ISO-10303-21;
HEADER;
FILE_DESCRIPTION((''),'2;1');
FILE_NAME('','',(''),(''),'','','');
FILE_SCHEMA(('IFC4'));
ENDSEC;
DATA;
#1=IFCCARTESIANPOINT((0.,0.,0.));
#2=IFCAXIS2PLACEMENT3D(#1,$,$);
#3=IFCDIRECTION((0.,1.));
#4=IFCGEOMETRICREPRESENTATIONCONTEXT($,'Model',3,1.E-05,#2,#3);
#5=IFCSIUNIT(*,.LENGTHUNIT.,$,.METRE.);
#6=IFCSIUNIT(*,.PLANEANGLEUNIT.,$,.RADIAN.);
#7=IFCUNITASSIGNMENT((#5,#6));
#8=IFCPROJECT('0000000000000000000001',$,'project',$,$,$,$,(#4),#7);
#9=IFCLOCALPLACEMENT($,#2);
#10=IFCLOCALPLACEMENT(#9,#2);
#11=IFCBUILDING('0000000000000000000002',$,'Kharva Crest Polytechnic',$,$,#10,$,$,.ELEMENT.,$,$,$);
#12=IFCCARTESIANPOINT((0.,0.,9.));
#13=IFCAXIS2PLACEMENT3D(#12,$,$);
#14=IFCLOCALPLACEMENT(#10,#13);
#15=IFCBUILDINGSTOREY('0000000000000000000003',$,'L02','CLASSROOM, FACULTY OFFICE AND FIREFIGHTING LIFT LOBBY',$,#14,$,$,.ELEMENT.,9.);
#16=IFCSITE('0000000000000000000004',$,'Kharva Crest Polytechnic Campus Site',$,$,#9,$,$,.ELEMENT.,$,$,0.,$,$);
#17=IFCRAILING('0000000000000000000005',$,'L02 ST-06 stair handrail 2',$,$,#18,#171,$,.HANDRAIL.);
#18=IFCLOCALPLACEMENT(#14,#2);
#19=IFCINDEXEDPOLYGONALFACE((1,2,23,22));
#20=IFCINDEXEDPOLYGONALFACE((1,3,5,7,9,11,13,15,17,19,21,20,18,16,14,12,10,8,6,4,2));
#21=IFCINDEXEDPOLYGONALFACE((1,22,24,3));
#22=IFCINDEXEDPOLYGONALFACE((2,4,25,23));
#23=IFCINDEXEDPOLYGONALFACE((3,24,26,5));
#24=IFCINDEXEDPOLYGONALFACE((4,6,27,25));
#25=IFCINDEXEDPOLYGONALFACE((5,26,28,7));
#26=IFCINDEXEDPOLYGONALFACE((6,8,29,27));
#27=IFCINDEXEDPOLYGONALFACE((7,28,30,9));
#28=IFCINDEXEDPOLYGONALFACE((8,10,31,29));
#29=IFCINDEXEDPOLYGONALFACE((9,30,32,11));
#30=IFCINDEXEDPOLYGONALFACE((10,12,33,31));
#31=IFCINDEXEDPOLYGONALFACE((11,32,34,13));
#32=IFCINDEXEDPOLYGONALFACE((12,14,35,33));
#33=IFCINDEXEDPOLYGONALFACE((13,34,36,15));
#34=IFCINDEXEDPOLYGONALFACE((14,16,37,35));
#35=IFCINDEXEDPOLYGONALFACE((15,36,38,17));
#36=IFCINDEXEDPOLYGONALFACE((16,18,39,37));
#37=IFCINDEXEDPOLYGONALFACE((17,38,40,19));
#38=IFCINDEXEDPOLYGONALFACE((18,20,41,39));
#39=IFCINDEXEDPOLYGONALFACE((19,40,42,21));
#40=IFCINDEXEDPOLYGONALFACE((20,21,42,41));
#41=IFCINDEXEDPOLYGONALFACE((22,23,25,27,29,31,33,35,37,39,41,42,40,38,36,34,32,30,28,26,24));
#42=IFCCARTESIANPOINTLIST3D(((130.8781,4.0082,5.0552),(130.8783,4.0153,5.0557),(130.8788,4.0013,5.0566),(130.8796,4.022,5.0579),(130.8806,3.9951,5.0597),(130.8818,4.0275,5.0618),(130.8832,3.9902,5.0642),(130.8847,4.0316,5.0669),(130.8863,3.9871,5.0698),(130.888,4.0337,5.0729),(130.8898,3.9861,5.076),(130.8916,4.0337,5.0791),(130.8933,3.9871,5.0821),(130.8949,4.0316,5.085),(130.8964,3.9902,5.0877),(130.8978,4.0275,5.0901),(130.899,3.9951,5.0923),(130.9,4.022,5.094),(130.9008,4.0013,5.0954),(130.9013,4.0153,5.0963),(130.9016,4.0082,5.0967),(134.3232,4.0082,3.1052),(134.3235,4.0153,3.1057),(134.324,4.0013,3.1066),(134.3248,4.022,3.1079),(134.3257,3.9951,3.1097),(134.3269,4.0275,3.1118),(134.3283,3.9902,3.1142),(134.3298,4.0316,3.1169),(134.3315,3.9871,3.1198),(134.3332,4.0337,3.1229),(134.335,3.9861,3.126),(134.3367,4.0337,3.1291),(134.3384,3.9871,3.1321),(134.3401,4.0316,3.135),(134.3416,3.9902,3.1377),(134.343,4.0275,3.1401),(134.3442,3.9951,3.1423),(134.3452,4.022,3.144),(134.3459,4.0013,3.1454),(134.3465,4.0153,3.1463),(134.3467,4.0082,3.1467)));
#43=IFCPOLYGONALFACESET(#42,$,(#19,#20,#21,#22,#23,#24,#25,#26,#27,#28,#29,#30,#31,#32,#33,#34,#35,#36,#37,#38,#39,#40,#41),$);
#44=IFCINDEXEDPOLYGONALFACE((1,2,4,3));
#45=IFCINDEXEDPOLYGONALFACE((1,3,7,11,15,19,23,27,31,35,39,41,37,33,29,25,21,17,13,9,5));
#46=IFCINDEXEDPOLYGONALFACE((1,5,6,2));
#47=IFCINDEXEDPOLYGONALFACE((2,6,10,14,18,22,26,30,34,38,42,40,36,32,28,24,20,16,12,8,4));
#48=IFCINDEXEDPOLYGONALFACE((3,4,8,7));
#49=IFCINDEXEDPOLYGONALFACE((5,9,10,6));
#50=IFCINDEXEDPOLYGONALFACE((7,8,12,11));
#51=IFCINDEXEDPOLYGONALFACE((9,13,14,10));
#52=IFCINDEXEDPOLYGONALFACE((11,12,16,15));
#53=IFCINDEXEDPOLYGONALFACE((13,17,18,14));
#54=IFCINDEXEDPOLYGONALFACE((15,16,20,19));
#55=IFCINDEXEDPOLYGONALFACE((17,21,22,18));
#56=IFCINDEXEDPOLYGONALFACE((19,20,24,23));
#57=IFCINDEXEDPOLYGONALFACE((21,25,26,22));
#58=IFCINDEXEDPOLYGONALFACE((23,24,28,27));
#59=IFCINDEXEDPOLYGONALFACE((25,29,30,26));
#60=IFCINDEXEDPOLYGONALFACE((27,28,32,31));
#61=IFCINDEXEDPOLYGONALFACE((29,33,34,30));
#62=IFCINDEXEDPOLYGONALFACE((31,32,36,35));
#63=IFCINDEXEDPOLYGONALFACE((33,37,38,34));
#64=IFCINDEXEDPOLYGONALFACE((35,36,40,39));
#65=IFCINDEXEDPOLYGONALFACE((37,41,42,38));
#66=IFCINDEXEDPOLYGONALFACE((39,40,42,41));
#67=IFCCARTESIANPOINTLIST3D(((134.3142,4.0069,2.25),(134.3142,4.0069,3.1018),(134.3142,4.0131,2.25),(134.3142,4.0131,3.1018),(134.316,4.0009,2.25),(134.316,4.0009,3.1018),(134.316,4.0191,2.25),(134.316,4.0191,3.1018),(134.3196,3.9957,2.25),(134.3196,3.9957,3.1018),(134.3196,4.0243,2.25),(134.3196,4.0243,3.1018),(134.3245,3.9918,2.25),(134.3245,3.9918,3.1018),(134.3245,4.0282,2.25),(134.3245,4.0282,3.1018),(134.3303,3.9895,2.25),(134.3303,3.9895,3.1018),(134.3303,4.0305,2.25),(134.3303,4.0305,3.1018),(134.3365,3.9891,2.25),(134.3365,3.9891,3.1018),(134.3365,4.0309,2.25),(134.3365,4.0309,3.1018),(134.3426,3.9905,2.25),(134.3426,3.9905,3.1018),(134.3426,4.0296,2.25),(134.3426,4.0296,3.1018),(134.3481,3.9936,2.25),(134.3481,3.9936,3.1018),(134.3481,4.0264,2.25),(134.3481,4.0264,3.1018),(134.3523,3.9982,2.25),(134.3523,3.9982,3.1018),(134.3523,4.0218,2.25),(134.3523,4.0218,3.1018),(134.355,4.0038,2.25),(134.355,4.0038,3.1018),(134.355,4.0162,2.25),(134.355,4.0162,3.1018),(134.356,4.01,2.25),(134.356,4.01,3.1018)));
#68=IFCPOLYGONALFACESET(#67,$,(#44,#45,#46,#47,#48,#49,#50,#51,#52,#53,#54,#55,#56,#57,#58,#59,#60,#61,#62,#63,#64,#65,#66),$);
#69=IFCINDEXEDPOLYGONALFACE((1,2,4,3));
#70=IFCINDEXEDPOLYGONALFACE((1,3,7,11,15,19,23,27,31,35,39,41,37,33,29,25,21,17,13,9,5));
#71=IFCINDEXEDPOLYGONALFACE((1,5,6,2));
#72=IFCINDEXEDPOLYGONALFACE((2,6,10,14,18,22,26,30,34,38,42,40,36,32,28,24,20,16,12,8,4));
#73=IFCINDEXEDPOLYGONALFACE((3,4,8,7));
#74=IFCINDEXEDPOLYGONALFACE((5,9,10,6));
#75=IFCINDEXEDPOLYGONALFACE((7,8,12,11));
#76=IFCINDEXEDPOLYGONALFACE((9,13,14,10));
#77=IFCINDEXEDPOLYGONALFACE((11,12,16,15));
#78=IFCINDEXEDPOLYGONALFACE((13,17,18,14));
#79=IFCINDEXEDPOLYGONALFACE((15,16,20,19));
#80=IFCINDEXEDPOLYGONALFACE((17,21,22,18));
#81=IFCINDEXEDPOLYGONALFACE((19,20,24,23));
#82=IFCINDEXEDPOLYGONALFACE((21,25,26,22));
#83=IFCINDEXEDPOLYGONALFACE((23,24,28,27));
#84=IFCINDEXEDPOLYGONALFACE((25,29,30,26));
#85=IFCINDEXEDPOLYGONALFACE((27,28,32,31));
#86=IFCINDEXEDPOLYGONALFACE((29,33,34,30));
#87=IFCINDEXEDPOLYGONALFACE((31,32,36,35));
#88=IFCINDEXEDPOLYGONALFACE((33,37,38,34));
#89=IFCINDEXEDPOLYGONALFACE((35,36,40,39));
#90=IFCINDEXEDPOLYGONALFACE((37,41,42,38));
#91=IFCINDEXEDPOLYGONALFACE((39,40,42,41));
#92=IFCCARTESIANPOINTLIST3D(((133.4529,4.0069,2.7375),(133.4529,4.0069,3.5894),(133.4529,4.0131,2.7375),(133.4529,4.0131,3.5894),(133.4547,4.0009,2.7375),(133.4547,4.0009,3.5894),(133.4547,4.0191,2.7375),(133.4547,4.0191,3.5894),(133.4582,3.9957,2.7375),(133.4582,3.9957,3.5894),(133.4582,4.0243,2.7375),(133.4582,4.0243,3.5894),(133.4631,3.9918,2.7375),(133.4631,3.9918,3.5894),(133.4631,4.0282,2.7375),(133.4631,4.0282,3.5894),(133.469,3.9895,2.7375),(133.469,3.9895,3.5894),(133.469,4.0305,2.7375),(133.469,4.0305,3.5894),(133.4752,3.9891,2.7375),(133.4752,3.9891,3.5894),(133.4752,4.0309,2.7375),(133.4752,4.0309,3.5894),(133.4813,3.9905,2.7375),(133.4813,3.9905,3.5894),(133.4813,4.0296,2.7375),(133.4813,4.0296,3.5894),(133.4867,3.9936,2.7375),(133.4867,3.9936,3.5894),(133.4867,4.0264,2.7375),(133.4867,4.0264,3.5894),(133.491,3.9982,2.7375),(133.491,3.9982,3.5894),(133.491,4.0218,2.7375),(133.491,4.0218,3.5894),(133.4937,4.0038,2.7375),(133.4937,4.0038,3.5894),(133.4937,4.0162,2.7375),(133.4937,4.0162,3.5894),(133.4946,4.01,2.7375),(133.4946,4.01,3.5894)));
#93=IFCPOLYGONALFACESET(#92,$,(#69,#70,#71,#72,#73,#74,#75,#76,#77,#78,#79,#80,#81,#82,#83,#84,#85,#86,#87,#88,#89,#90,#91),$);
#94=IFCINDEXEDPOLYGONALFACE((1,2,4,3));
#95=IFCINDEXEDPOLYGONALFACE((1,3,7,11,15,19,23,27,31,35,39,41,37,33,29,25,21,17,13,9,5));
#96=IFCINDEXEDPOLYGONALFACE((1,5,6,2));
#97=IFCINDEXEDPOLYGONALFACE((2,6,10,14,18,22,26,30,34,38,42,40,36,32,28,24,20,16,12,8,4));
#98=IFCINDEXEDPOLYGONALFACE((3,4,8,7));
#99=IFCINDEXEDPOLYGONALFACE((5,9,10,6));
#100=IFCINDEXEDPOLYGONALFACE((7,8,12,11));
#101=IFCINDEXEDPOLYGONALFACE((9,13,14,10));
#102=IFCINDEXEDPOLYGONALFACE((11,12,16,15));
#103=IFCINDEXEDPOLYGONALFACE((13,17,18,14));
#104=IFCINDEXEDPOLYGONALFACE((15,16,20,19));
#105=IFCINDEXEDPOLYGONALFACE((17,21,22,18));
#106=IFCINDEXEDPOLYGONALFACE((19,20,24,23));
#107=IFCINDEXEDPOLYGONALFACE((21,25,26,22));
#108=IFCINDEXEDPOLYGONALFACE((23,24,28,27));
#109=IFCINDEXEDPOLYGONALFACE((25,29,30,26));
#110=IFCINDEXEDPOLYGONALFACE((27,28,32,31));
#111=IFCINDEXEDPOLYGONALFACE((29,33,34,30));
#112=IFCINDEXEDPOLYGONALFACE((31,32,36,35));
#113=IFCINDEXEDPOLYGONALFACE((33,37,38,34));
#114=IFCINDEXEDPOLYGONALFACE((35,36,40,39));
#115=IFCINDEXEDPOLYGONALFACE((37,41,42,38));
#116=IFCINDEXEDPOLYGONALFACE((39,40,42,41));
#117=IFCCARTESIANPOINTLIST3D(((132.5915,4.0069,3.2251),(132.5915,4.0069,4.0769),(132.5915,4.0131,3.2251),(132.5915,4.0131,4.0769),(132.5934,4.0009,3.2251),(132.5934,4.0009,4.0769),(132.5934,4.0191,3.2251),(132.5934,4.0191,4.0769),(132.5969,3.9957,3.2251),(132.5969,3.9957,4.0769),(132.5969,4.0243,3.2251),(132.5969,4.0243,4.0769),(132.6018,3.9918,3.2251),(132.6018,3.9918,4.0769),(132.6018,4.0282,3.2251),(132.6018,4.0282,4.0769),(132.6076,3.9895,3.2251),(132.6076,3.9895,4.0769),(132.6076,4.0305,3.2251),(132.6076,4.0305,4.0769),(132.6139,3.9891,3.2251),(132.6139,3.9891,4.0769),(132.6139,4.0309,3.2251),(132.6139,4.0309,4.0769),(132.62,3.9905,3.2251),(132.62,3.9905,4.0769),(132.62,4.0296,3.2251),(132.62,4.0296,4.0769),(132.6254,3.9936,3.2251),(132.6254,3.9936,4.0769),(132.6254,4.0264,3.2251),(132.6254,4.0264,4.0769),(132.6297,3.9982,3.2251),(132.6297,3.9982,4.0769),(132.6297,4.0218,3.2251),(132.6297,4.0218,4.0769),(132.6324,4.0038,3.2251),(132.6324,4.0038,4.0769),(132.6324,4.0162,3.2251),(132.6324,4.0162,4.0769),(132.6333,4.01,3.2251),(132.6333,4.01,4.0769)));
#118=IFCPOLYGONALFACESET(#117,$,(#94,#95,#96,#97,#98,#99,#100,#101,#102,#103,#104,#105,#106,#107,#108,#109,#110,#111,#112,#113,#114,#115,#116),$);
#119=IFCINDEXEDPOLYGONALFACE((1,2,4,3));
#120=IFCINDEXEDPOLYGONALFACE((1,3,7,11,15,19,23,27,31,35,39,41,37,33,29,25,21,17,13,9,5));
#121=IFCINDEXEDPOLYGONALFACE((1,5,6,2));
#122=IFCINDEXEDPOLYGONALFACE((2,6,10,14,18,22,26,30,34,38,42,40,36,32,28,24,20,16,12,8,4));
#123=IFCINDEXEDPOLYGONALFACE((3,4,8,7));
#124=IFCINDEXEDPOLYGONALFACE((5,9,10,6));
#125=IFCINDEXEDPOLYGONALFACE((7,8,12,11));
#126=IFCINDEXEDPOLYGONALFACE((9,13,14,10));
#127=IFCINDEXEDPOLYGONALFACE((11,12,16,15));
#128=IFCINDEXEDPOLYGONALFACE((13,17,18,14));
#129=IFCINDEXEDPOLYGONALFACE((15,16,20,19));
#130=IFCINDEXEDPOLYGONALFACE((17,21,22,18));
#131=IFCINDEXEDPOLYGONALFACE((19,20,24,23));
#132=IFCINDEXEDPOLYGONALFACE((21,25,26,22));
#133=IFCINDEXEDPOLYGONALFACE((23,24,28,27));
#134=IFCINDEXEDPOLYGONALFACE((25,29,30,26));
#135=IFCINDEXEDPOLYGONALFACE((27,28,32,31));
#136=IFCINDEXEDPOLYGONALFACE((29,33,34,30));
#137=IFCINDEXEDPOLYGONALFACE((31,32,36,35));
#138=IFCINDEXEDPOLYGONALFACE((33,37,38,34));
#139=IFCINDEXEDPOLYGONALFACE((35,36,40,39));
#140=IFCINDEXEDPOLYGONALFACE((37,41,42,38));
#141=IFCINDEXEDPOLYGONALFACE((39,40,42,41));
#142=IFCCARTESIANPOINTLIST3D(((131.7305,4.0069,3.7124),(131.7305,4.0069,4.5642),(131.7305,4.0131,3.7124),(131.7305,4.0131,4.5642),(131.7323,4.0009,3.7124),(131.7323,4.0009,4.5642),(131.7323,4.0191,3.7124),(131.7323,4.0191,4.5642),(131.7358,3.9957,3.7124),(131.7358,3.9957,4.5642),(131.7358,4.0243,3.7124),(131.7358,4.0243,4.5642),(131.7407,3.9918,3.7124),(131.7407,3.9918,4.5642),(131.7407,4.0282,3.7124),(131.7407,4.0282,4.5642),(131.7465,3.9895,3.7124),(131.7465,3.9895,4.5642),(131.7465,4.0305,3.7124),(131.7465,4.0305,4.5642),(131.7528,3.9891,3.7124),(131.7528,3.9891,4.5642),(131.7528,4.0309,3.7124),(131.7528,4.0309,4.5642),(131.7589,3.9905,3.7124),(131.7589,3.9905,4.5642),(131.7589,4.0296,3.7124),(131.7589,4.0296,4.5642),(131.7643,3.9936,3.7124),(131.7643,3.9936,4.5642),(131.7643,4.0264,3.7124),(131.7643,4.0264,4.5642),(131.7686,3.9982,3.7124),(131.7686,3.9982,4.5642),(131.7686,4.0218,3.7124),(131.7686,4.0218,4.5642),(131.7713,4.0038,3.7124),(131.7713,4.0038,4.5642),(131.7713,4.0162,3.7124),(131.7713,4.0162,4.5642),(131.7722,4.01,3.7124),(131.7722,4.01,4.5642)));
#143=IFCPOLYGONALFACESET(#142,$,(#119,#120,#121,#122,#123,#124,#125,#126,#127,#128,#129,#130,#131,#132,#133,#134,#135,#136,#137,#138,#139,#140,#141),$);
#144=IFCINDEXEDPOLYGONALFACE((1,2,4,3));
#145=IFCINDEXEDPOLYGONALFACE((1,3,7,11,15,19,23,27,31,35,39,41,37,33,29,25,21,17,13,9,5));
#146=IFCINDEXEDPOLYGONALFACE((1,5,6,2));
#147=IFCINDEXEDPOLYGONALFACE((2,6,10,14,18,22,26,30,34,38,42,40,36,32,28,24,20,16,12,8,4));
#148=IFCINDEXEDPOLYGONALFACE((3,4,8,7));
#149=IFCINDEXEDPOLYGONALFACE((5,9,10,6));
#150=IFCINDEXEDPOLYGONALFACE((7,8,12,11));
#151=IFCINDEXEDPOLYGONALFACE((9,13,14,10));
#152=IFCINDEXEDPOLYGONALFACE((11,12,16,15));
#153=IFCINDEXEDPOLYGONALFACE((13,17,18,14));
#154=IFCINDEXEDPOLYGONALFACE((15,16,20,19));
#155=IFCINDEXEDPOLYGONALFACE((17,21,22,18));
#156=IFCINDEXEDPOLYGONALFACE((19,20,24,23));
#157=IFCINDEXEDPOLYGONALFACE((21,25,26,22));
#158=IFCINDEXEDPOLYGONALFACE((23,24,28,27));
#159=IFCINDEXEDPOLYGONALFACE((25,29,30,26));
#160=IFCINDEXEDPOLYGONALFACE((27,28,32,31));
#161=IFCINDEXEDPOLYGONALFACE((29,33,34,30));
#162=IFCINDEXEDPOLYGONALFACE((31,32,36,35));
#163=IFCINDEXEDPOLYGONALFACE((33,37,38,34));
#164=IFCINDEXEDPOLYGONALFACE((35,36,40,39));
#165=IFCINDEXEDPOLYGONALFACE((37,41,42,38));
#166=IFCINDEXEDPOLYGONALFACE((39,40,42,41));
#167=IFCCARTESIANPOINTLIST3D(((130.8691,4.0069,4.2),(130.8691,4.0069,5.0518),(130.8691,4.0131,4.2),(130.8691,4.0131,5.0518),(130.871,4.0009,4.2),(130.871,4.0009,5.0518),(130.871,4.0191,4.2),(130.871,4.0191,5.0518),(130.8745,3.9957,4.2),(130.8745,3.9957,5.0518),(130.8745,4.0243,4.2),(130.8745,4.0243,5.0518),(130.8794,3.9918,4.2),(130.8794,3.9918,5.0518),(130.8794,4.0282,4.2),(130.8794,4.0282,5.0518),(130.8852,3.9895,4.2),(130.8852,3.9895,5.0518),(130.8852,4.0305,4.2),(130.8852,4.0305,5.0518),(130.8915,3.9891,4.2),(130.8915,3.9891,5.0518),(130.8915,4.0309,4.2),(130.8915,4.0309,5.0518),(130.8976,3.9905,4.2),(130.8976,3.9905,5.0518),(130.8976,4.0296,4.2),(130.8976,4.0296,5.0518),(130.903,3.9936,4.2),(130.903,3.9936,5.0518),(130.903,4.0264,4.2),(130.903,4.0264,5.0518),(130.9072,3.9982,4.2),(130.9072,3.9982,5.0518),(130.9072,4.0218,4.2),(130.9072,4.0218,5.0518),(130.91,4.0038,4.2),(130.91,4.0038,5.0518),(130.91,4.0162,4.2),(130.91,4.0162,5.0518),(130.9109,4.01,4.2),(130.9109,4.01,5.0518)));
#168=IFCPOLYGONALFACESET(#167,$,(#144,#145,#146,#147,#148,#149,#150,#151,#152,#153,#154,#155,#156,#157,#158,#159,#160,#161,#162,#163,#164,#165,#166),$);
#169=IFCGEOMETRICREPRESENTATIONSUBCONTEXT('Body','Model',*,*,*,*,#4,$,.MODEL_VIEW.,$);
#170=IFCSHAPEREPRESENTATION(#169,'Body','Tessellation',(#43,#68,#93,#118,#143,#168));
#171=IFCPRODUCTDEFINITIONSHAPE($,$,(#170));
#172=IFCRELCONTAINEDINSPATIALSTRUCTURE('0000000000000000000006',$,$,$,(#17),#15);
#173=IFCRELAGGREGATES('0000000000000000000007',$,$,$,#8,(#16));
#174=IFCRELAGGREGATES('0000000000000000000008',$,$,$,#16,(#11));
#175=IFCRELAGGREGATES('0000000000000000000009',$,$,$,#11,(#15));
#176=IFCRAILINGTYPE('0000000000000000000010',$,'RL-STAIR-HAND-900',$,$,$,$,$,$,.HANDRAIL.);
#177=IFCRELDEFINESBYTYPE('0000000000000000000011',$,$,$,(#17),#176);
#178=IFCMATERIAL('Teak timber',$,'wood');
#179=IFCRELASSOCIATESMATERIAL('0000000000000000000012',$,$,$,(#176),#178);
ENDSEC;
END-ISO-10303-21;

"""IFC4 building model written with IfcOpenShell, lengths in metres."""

from ifc_helpers import new_model, si_unit, direction, frame, origin, origin_2d, place, context, subcontext, project, spatial, circle, extrude, material, type_object, element, save


model = new_model("IFC4")

# Units and contexts
model_context = context("Model", 3, precision=1e-05, world=origin(), true_north=direction((0.0, 1.0)))
body_context = subcontext(model_context, "Body", "Model", "MODEL_VIEW")
ifc_project = project(units=[si_unit("LENGTHUNIT", "METRE"), si_unit("PLANEANGLEUNIT", "RADIAN")], contexts=[model_context])

# Site, building, storey
site_placement = place(None, origin())
site = spatial("IfcSite", under=ifc_project, at=site_placement, Name="Kharva Crest Polytechnic Campus Site", CompositionType="ELEMENT", RefElevation=0.0)
building_placement = place(site_placement, origin())
building = spatial("IfcBuilding", under=site, at=building_placement, Name="Kharva Crest Polytechnic", CompositionType="ELEMENT")
storey_placement = place(building_placement, frame((0.0, 0.0, 9.0)))
storey = spatial("IfcBuildingStorey", under=building, at=storey_placement, Name="L02", Description="CLASSROOM, FACULTY OFFICE AND FIREFIGHTING LIFT LOBBY", CompositionType="ELEMENT", Elevation=9.0)

# Railing
ifc_material_1 = material(Name="Teak timber", Category="wood")
railing_type_1 = type_object("IfcRailingType", Name="RL-STAIR-HAND-900", PredefinedType="HANDRAIL", material=ifc_material_1)
railing_1_placement = place(storey_placement, frame((134.335, 4.01, 2.25)))
element("IfcRailing", 1, at=railing_1_placement, inside=storey, type_object=railing_type_1, Name="L02 ST-06 stair handrail 2", PredefinedType="HANDRAIL", context=body_context, shape_type="SweptSolid", body=[
    extrude(circle(Radius=0.0239, at=origin_2d()), frame((0.0, 0.0, 0.876), z_axis=(-0.870266, 0.0, 0.492581), x_axis=(0.0, -1.0, 0.0)), (0.0, 0.0, 1.0), 3.9587),
    extrude(circle(Radius=0.021, at=origin_2d()), origin(), (0.0, 0.0, 1.0), 0.8518),
    extrude(circle(Radius=0.021, at=origin_2d()), frame((-0.8613, 0.0, 0.4875)), (0.0, 0.0, 1.0), 0.8518),
    extrude(circle(Radius=0.021, at=origin_2d()), frame((-1.7227, 0.0, 0.9751)), (0.0, 0.0, 1.0), 0.8518),
    extrude(circle(Radius=0.021, at=origin_2d()), frame((-2.5837, 0.0, 1.4624)), (0.0, 0.0, 1.0), 0.8518),
    extrude(circle(Radius=0.021, at=origin_2d()), frame((-3.4451, 0.0, 1.95)), (0.0, 0.0, 1.0), 0.8518),
])

save(model, "model.ifc")
